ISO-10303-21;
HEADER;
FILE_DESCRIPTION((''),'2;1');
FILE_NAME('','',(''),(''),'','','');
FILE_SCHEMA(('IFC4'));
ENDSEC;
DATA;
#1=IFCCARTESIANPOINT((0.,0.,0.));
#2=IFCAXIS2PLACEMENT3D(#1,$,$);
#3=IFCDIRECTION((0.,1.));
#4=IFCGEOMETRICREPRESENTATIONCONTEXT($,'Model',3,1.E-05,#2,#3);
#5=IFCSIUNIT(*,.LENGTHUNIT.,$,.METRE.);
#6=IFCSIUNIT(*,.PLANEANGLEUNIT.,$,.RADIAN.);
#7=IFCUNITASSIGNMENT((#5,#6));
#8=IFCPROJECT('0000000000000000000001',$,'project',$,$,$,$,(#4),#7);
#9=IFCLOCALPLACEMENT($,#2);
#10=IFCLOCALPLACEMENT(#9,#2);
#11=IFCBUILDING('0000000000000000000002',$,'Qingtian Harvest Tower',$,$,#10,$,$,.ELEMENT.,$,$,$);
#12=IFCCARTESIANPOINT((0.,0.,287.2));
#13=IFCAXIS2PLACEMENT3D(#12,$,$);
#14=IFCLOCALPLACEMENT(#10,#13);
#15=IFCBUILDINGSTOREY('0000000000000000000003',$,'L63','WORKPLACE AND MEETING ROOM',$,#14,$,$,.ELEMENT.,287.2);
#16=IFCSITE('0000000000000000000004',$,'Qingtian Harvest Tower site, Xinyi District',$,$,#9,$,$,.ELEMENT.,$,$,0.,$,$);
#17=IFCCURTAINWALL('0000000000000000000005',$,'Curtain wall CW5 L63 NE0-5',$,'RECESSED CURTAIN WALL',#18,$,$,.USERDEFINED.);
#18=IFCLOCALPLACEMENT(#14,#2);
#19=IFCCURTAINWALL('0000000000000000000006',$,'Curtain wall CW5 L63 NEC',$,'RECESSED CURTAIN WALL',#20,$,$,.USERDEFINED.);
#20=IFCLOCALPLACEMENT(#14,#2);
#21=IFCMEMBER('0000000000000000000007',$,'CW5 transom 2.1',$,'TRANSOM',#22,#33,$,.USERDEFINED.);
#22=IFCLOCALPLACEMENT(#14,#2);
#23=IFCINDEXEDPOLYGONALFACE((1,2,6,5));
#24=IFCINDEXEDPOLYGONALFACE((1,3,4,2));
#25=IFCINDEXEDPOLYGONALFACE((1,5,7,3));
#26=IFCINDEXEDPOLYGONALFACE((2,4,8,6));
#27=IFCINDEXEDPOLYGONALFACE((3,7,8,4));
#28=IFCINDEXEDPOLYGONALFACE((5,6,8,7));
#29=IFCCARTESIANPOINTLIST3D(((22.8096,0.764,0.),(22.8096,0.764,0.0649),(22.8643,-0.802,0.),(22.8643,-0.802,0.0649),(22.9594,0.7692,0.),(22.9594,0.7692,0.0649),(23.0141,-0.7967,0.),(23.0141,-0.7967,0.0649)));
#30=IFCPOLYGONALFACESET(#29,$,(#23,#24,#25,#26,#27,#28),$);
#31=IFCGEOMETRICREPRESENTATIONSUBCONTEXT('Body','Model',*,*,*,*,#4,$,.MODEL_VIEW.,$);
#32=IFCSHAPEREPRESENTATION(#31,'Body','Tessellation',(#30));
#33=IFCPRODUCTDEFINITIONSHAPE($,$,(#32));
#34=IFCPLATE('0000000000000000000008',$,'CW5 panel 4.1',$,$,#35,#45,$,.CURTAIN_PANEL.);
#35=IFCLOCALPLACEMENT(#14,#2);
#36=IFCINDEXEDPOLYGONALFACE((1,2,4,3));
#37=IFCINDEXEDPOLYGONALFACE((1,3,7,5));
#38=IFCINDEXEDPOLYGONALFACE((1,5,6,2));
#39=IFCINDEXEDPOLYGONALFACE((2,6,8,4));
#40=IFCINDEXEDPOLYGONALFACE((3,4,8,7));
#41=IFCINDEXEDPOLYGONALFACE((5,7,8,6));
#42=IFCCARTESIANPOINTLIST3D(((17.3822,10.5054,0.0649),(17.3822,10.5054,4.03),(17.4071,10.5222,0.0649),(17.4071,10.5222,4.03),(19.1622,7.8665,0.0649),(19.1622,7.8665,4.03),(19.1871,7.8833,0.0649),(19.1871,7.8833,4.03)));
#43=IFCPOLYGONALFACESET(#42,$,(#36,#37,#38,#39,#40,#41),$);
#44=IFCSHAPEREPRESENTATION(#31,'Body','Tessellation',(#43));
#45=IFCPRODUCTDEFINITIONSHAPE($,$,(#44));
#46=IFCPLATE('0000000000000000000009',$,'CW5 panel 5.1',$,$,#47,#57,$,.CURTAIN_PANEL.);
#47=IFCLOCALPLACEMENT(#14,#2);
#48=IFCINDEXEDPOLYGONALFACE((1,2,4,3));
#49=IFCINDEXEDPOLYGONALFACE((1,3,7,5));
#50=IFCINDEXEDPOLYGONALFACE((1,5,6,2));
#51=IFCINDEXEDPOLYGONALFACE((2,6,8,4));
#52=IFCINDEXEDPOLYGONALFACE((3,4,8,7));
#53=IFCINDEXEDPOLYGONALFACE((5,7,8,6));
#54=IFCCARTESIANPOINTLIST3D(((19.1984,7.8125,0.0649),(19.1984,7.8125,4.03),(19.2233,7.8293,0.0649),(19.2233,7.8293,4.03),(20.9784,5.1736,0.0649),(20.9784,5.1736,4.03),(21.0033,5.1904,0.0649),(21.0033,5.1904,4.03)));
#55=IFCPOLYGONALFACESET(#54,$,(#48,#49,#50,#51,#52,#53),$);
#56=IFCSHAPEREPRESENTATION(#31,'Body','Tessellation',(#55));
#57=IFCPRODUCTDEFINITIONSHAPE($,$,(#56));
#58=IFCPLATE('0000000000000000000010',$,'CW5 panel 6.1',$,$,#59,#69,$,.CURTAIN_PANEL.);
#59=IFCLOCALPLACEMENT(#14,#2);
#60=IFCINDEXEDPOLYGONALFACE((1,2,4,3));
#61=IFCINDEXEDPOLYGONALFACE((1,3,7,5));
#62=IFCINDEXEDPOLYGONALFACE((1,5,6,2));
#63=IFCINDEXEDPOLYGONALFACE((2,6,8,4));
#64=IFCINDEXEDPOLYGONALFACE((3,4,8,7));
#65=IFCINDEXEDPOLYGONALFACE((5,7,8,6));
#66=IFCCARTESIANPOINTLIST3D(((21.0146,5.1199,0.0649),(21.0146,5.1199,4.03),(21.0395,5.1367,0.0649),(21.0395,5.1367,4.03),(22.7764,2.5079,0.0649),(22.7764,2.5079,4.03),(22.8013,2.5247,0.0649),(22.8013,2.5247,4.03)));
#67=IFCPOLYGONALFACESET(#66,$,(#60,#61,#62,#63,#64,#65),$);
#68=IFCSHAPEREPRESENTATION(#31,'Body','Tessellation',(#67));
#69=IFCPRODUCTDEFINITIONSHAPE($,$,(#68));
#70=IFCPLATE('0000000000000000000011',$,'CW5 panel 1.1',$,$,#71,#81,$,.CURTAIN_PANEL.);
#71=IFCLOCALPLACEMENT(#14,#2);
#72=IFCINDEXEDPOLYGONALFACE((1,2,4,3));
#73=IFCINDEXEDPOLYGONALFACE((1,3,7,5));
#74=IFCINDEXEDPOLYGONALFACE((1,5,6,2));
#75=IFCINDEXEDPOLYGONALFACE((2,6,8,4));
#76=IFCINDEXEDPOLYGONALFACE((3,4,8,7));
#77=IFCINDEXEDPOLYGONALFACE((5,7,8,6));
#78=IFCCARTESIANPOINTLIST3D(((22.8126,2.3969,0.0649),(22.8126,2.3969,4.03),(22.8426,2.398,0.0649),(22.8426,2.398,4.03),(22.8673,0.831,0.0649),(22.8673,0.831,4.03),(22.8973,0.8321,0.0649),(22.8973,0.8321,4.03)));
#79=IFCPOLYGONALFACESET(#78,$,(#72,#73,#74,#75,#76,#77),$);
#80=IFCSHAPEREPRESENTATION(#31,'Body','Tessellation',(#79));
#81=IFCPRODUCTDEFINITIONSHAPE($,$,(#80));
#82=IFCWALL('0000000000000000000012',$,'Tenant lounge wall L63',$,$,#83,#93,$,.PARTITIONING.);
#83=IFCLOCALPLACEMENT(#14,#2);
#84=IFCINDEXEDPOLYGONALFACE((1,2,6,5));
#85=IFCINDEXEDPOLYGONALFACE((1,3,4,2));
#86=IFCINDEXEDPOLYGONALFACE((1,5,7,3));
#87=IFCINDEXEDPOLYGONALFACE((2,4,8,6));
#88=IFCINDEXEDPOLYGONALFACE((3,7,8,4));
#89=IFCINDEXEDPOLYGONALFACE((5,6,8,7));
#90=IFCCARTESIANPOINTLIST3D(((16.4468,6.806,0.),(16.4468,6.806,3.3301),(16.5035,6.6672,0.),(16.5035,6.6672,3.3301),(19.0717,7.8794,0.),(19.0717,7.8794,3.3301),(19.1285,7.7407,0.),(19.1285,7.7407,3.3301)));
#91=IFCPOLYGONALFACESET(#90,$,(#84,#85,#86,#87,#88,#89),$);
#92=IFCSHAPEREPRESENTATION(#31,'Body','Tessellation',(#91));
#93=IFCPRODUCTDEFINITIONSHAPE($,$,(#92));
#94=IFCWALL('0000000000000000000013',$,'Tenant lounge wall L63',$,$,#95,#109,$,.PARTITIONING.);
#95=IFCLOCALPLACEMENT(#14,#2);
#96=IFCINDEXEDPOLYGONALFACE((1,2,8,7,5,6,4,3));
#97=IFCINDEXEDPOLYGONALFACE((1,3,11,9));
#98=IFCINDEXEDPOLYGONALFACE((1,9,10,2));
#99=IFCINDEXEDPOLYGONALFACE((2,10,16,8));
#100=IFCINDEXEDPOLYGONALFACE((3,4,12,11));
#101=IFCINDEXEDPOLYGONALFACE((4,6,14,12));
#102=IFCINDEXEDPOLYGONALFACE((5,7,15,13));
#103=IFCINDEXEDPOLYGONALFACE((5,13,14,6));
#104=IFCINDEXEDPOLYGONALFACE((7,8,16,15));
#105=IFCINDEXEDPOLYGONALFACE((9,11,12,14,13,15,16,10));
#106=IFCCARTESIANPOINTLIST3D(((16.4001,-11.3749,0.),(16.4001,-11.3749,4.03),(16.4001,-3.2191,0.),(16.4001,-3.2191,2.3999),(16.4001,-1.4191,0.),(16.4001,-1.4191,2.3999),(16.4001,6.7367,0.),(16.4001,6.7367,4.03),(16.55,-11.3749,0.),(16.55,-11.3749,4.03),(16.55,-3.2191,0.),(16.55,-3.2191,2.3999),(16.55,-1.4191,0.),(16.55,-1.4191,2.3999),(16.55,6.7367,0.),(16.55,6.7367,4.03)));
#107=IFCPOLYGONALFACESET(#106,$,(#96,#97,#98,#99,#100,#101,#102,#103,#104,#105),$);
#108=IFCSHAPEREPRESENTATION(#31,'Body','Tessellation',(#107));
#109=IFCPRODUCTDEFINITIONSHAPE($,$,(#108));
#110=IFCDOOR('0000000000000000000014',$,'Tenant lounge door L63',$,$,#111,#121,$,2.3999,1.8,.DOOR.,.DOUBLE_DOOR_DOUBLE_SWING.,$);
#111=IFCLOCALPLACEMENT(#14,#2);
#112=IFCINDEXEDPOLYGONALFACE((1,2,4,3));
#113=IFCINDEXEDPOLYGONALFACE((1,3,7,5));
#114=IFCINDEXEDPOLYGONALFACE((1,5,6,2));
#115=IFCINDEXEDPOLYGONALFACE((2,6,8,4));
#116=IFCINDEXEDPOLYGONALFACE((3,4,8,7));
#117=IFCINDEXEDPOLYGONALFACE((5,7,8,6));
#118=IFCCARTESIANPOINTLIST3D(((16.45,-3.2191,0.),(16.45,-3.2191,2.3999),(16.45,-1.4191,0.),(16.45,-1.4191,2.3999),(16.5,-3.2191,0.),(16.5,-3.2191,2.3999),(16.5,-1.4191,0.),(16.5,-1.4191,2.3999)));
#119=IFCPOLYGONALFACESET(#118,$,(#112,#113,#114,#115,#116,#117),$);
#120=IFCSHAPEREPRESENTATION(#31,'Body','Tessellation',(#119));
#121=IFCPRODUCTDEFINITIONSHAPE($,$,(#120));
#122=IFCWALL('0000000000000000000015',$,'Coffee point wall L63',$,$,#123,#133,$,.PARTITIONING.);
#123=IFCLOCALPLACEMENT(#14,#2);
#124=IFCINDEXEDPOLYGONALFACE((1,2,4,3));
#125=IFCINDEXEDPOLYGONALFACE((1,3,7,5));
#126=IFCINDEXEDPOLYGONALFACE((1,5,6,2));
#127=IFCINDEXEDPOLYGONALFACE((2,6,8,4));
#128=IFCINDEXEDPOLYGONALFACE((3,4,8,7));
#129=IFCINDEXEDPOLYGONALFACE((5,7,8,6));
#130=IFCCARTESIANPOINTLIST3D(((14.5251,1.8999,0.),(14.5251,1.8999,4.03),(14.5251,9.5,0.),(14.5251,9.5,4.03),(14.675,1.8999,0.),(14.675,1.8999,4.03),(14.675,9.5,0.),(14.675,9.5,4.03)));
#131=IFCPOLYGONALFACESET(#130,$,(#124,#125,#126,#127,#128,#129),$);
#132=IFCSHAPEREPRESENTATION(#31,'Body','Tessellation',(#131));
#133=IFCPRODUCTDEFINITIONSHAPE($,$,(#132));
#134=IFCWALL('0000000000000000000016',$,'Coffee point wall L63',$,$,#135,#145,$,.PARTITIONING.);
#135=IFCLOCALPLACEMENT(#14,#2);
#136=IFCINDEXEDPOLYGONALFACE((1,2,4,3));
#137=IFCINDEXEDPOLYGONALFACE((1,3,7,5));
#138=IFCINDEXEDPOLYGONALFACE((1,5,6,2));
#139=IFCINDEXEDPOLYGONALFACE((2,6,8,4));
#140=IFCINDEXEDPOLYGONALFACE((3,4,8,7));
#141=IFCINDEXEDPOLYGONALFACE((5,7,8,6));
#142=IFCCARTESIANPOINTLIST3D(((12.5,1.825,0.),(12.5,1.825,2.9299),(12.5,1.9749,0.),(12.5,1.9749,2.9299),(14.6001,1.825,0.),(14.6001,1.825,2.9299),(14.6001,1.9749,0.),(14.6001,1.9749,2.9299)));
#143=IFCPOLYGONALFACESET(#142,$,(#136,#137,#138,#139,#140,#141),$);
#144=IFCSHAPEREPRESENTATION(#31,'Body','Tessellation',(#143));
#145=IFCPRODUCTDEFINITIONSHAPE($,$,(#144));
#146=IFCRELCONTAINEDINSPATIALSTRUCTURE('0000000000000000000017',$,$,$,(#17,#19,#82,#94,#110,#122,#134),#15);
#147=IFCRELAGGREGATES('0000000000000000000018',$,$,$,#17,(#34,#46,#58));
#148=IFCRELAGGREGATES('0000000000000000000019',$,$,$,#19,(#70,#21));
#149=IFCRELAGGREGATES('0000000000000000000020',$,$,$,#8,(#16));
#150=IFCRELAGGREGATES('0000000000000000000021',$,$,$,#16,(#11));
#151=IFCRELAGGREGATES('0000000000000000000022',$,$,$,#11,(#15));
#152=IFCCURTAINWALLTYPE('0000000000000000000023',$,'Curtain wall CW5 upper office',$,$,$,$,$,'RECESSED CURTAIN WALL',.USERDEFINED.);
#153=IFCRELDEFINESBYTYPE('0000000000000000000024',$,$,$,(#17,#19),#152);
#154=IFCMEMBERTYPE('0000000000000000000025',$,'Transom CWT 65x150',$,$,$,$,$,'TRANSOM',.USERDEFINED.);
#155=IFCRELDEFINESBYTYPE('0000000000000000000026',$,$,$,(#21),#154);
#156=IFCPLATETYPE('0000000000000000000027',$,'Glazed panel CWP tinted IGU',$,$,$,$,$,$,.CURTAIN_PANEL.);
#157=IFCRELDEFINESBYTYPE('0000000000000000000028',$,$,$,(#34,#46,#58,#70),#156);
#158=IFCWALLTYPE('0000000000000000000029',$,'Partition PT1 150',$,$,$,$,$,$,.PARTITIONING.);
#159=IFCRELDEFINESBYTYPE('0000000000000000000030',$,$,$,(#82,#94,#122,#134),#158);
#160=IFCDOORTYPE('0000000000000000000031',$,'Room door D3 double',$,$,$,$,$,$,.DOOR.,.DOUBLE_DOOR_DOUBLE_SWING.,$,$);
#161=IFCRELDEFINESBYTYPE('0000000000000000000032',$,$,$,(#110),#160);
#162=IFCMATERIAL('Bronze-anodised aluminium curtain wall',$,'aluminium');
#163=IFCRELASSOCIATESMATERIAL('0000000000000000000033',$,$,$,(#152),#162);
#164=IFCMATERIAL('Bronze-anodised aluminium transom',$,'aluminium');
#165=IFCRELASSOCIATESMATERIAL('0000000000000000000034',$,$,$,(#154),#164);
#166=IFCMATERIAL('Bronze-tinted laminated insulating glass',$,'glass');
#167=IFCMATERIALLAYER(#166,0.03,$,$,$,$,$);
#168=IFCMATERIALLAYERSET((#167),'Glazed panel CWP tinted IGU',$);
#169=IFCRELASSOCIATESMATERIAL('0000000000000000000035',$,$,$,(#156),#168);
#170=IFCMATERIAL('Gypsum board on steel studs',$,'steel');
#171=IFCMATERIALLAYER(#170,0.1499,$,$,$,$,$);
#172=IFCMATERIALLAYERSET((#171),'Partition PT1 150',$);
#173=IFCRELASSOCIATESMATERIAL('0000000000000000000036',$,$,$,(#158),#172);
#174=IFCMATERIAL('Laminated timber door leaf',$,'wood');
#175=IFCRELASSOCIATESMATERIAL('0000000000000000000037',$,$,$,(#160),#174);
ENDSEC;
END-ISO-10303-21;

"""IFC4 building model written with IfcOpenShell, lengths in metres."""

from ifc_helpers import new_model, si_unit, direction, frame, frame_2d, origin, origin_2d, place, context, subcontext, project, spatial, rectangle, extrude, material, layer, layer_set, material_profile, profile_set, type_object, element, fill, aggregate, save


model = new_model("IFC4")

# Units and contexts
model_context = context("Model", 3, precision=1e-05, world=origin(), true_north=direction((0.0, 1.0)))
body_context = subcontext(model_context, "Body", "Model", "MODEL_VIEW")
ifc_project = project(units=[si_unit("LENGTHUNIT", "METRE"), si_unit("PLANEANGLEUNIT", "RADIAN")], contexts=[model_context])

# Site, building, storey
site_placement = place(None, origin())
site = spatial("IfcSite", under=ifc_project, at=site_placement, Name="Qingtian Harvest Tower site, Xinyi District", CompositionType="ELEMENT", RefElevation=0.0)
building_placement = place(site_placement, origin())
building = spatial("IfcBuilding", under=site, at=building_placement, Name="Qingtian Harvest Tower", CompositionType="ELEMENT")
storey_placement = place(building_placement, frame((0.0, 0.0, 287.2)))
storey = spatial("IfcBuildingStorey", under=building, at=storey_placement, Name="L63", Description="WORKPLACE AND MEETING ROOM", CompositionType="ELEMENT", Elevation=287.2)

# Curtain walls
ifc_material_1 = material(Name="Bronze-anodised aluminium curtain wall", Category="aluminium")
curtain_wall_type = type_object("IfcCurtainWallType", Name="Curtain wall CW5 upper office", ElementType="RECESSED CURTAIN WALL", PredefinedType="USERDEFINED", material=ifc_material_1)
curtain_wall_1_placement = place(storey_placement, origin())
curtain_wall_1 = element("IfcCurtainWall", 1, at=curtain_wall_1_placement, inside=storey, type_object=curtain_wall_type, Name="Curtain wall CW5 L63 NE0-5", ObjectType="RECESSED CURTAIN WALL", PredefinedType="USERDEFINED")
curtain_wall_2_placement = place(storey_placement, origin())
curtain_wall_2 = element("IfcCurtainWall", 2, at=curtain_wall_2_placement, inside=storey, type_object=curtain_wall_type, Name="Curtain wall CW5 L63 NEC", ObjectType="RECESSED CURTAIN WALL", PredefinedType="USERDEFINED")

# Member
ifc_material_2 = material(Name="Bronze-anodised aluminium transom", Category="aluminium")
ifc_material_profile_1 = material_profile(ifc_material_2, rectangle(XDim=0.1499, YDim=0.0649, at=origin_2d()), Name="AL 65x150")
ifc_profile_set_1 = profile_set([ifc_material_profile_1], Name="Bronze-anodised aluminium transom")
member_type_1 = type_object("IfcMemberType", Name="Transom CWT 65x150", ElementType="TRANSOM", PredefinedType="USERDEFINED", material=ifc_profile_set_1)
member_1_placement = place(storey_placement, frame((22.8845, 0.7666, 0.0325), z_axis=(0.034902, -0.999391, 0.0), x_axis=(0.999391, 0.034902, 0.0)))
member_1 = element("IfcMember", 3, at=member_1_placement, type_object=member_type_1, Name="CW5 transom 2.1", ObjectType="TRANSOM", PredefinedType="USERDEFINED", context=body_context, shape_type="SweptSolid", body=[
    extrude(rectangle(XDim=0.1499, YDim=0.0649, at=origin_2d()), origin(), (0.0, 0.0, 1.0), 1.5669),
])

# Plates
ifc_material_3 = material(Name="Bronze-tinted laminated insulating glass", Category="glass")
ifc_layer_1 = layer(ifc_material_3, 0.03)
ifc_layer_set_1 = layer_set([ifc_layer_1], Name="Glazed panel CWP tinted IGU")
plate_type = type_object("IfcPlateType", Name="Glazed panel CWP tinted IGU", PredefinedType="CURTAIN_PANEL", material=ifc_layer_set_1)
plate_1_placement = place(storey_placement, frame((18.2847, 9.1943, 0.0649), z_axis=(0.0, 0.0, 1.0), x_axis=(0.559193, -0.829038, 0.0)))
plate_1 = element("IfcPlate", 4, at=plate_1_placement, type_object=plate_type, Name="CW5 panel 4.1", PredefinedType="CURTAIN_PANEL", context=body_context, shape_type="SweptSolid", body=[
    extrude(rectangle(XDim=3.1831, YDim=0.03, at=origin_2d()), origin(), (0.0, 0.0, 1.0), 3.9651),
])
plate_2_placement = place(storey_placement, frame((20.1008, 6.5015, 0.0649), z_axis=(0.0, 0.0, 1.0), x_axis=(0.559193, -0.829038, 0.0)))
plate_2 = element("IfcPlate", 5, at=plate_2_placement, type_object=plate_type, Name="CW5 panel 5.1", PredefinedType="CURTAIN_PANEL", context=body_context, shape_type="SweptSolid", body=[
    extrude(rectangle(XDim=3.1831, YDim=0.03, at=origin_2d()), origin(), (0.0, 0.0, 1.0), 3.9651),
])
plate_3_placement = place(storey_placement, frame((21.908, 3.8223, 0.0649), z_axis=(0.0, 0.0, 1.0), x_axis=(0.559193, -0.829038, 0.0)))
plate_3 = element("IfcPlate", 6, at=plate_3_placement, type_object=plate_type, Name="CW5 panel 6.1", PredefinedType="CURTAIN_PANEL", context=body_context, shape_type="SweptSolid", body=[
    extrude(rectangle(XDim=3.1506, YDim=0.03, at=origin_2d()), origin(), (0.0, 0.0, 1.0), 3.9651),
])
aggregate(curtain_wall_1, [plate_1, plate_2, plate_3])
plate_4_placement = place(storey_placement, frame((22.855, 1.6145, 0.0649), z_axis=(0.0, 0.0, 1.0), x_axis=(0.034899, -0.999391, 0.0)))
plate_4 = element("IfcPlate", 7, at=plate_4_placement, type_object=plate_type, Name="CW5 panel 1.1", PredefinedType="CURTAIN_PANEL", context=body_context, shape_type="SweptSolid", body=[
    extrude(rectangle(XDim=1.5669, YDim=0.03, at=origin_2d()), origin(), (0.0, 0.0, 1.0), 3.9651),
])
aggregate(curtain_wall_2, [plate_4, member_1])

# Wall
ifc_material_4 = material(Name="Gypsum board on steel studs", Category="steel")
ifc_layer_2 = layer(ifc_material_4, 0.1499)
ifc_layer_set_2 = layer_set([ifc_layer_2], Name="Partition PT1 150")
wall_type = type_object("IfcWallType", Name="Partition PT1 150", PredefinedType="PARTITIONING", material=ifc_layer_set_2)
wall_1_placement = place(storey_placement, frame((19.1001, 7.8101, 0.0), z_axis=(0.0, 0.0, 1.0), x_axis=(-0.925594, -0.378519, 0.0)))
element("IfcWall", 8, at=wall_1_placement, inside=storey, type_object=wall_type, Name="Tenant lounge wall L63", PredefinedType="PARTITIONING", context=body_context, shape_type="SweptSolid", body=[
    extrude(rectangle(XDim=2.8359, YDim=0.1499, at=frame_2d((1.418, 0.0))), origin(), (0.0, 0.0, 1.0), 3.3301),
])

# Wall, opening, door
wall_2_placement = place(storey_placement, frame((16.4751, 6.7366, 0.0), z_axis=(0.0, 0.0, 1.0), x_axis=(0.0, -1.0, 0.0)))
wall_2 = element("IfcWall", 9, at=wall_2_placement, inside=storey, type_object=wall_type, Name="Tenant lounge wall L63", PredefinedType="PARTITIONING", context=body_context, shape_type="SweptSolid", body=[
    extrude(rectangle(XDim=18.1116, YDim=0.1499, at=frame_2d((9.0557, 0.0))), origin(), (0.0, 0.0, 1.0), 4.03),
])
opening_placement = place(wall_2_placement, frame((8.1558, 0.0, 0.0)))
opening = element("IfcOpeningElement", 10, at=opening_placement, cuts=wall_2, PredefinedType="OPENING", context=body_context, shape_type="SweptSolid", body=[
    extrude(rectangle(XDim=1.8, YDim=2.3999, at=frame_2d((0.8999, 1.2))), frame((0.0, 0.085, 0.0), z_axis=(0.0, -1.0, 0.0), x_axis=(1.0, 0.0, 0.0)), (0.0, 0.0, 1.0), 0.1699),
])
ifc_material_5 = material(Name="Laminated timber door leaf", Category="wood")
door_type = type_object("IfcDoorType", Name="Room door D3 double", OperationType="DOUBLE_DOOR_DOUBLE_SWING", PredefinedType="DOOR", material=ifc_material_5)
door_placement = place(opening_placement, origin())
door = element("IfcDoor", 11, at=door_placement, inside=storey, type_object=door_type, Name="Tenant lounge door L63", OperationType="DOUBLE_DOOR_DOUBLE_SWING", OverallHeight=2.3999, OverallWidth=1.8, PredefinedType="DOOR", context=body_context, shape_type="SweptSolid", body=[
    extrude(rectangle(XDim=1.8, YDim=2.3999, at=frame_2d((0.8999, 1.2))), frame((0.0, 0.0249, 0.0), z_axis=(0.0, -1.0, 0.0), x_axis=(1.0, 0.0, 0.0)), (0.0, 0.0, 1.0), 0.05),
])
fill(opening, door)

# Walls
wall_3_placement = place(storey_placement, frame((14.6001, 1.8999, 0.0), z_axis=(0.0, 0.0, 1.0), x_axis=(0.0, 1.0, 0.0)))
element("IfcWall", 12, at=wall_3_placement, inside=storey, type_object=wall_type, Name="Coffee point wall L63", PredefinedType="PARTITIONING", context=body_context, shape_type="SweptSolid", body=[
    extrude(rectangle(XDim=7.6001, YDim=0.1499, at=frame_2d((3.8, 0.0))), origin(), (0.0, 0.0, 1.0), 4.03),
])
wall_4_placement = place(storey_placement, frame((12.5, 1.8999, 0.0), z_axis=(0.0, 0.0, 1.0), x_axis=(1.0, 0.0, 0.0)))
element("IfcWall", 13, at=wall_4_placement, inside=storey, type_object=wall_type, Name="Coffee point wall L63", PredefinedType="PARTITIONING", context=body_context, shape_type="SweptSolid", body=[
    extrude(rectangle(XDim=2.1001, YDim=0.1499, at=frame_2d((1.05, 0.0))), origin(), (0.0, 0.0, 1.0), 2.9299),
])

save(model, "model.ifc")
